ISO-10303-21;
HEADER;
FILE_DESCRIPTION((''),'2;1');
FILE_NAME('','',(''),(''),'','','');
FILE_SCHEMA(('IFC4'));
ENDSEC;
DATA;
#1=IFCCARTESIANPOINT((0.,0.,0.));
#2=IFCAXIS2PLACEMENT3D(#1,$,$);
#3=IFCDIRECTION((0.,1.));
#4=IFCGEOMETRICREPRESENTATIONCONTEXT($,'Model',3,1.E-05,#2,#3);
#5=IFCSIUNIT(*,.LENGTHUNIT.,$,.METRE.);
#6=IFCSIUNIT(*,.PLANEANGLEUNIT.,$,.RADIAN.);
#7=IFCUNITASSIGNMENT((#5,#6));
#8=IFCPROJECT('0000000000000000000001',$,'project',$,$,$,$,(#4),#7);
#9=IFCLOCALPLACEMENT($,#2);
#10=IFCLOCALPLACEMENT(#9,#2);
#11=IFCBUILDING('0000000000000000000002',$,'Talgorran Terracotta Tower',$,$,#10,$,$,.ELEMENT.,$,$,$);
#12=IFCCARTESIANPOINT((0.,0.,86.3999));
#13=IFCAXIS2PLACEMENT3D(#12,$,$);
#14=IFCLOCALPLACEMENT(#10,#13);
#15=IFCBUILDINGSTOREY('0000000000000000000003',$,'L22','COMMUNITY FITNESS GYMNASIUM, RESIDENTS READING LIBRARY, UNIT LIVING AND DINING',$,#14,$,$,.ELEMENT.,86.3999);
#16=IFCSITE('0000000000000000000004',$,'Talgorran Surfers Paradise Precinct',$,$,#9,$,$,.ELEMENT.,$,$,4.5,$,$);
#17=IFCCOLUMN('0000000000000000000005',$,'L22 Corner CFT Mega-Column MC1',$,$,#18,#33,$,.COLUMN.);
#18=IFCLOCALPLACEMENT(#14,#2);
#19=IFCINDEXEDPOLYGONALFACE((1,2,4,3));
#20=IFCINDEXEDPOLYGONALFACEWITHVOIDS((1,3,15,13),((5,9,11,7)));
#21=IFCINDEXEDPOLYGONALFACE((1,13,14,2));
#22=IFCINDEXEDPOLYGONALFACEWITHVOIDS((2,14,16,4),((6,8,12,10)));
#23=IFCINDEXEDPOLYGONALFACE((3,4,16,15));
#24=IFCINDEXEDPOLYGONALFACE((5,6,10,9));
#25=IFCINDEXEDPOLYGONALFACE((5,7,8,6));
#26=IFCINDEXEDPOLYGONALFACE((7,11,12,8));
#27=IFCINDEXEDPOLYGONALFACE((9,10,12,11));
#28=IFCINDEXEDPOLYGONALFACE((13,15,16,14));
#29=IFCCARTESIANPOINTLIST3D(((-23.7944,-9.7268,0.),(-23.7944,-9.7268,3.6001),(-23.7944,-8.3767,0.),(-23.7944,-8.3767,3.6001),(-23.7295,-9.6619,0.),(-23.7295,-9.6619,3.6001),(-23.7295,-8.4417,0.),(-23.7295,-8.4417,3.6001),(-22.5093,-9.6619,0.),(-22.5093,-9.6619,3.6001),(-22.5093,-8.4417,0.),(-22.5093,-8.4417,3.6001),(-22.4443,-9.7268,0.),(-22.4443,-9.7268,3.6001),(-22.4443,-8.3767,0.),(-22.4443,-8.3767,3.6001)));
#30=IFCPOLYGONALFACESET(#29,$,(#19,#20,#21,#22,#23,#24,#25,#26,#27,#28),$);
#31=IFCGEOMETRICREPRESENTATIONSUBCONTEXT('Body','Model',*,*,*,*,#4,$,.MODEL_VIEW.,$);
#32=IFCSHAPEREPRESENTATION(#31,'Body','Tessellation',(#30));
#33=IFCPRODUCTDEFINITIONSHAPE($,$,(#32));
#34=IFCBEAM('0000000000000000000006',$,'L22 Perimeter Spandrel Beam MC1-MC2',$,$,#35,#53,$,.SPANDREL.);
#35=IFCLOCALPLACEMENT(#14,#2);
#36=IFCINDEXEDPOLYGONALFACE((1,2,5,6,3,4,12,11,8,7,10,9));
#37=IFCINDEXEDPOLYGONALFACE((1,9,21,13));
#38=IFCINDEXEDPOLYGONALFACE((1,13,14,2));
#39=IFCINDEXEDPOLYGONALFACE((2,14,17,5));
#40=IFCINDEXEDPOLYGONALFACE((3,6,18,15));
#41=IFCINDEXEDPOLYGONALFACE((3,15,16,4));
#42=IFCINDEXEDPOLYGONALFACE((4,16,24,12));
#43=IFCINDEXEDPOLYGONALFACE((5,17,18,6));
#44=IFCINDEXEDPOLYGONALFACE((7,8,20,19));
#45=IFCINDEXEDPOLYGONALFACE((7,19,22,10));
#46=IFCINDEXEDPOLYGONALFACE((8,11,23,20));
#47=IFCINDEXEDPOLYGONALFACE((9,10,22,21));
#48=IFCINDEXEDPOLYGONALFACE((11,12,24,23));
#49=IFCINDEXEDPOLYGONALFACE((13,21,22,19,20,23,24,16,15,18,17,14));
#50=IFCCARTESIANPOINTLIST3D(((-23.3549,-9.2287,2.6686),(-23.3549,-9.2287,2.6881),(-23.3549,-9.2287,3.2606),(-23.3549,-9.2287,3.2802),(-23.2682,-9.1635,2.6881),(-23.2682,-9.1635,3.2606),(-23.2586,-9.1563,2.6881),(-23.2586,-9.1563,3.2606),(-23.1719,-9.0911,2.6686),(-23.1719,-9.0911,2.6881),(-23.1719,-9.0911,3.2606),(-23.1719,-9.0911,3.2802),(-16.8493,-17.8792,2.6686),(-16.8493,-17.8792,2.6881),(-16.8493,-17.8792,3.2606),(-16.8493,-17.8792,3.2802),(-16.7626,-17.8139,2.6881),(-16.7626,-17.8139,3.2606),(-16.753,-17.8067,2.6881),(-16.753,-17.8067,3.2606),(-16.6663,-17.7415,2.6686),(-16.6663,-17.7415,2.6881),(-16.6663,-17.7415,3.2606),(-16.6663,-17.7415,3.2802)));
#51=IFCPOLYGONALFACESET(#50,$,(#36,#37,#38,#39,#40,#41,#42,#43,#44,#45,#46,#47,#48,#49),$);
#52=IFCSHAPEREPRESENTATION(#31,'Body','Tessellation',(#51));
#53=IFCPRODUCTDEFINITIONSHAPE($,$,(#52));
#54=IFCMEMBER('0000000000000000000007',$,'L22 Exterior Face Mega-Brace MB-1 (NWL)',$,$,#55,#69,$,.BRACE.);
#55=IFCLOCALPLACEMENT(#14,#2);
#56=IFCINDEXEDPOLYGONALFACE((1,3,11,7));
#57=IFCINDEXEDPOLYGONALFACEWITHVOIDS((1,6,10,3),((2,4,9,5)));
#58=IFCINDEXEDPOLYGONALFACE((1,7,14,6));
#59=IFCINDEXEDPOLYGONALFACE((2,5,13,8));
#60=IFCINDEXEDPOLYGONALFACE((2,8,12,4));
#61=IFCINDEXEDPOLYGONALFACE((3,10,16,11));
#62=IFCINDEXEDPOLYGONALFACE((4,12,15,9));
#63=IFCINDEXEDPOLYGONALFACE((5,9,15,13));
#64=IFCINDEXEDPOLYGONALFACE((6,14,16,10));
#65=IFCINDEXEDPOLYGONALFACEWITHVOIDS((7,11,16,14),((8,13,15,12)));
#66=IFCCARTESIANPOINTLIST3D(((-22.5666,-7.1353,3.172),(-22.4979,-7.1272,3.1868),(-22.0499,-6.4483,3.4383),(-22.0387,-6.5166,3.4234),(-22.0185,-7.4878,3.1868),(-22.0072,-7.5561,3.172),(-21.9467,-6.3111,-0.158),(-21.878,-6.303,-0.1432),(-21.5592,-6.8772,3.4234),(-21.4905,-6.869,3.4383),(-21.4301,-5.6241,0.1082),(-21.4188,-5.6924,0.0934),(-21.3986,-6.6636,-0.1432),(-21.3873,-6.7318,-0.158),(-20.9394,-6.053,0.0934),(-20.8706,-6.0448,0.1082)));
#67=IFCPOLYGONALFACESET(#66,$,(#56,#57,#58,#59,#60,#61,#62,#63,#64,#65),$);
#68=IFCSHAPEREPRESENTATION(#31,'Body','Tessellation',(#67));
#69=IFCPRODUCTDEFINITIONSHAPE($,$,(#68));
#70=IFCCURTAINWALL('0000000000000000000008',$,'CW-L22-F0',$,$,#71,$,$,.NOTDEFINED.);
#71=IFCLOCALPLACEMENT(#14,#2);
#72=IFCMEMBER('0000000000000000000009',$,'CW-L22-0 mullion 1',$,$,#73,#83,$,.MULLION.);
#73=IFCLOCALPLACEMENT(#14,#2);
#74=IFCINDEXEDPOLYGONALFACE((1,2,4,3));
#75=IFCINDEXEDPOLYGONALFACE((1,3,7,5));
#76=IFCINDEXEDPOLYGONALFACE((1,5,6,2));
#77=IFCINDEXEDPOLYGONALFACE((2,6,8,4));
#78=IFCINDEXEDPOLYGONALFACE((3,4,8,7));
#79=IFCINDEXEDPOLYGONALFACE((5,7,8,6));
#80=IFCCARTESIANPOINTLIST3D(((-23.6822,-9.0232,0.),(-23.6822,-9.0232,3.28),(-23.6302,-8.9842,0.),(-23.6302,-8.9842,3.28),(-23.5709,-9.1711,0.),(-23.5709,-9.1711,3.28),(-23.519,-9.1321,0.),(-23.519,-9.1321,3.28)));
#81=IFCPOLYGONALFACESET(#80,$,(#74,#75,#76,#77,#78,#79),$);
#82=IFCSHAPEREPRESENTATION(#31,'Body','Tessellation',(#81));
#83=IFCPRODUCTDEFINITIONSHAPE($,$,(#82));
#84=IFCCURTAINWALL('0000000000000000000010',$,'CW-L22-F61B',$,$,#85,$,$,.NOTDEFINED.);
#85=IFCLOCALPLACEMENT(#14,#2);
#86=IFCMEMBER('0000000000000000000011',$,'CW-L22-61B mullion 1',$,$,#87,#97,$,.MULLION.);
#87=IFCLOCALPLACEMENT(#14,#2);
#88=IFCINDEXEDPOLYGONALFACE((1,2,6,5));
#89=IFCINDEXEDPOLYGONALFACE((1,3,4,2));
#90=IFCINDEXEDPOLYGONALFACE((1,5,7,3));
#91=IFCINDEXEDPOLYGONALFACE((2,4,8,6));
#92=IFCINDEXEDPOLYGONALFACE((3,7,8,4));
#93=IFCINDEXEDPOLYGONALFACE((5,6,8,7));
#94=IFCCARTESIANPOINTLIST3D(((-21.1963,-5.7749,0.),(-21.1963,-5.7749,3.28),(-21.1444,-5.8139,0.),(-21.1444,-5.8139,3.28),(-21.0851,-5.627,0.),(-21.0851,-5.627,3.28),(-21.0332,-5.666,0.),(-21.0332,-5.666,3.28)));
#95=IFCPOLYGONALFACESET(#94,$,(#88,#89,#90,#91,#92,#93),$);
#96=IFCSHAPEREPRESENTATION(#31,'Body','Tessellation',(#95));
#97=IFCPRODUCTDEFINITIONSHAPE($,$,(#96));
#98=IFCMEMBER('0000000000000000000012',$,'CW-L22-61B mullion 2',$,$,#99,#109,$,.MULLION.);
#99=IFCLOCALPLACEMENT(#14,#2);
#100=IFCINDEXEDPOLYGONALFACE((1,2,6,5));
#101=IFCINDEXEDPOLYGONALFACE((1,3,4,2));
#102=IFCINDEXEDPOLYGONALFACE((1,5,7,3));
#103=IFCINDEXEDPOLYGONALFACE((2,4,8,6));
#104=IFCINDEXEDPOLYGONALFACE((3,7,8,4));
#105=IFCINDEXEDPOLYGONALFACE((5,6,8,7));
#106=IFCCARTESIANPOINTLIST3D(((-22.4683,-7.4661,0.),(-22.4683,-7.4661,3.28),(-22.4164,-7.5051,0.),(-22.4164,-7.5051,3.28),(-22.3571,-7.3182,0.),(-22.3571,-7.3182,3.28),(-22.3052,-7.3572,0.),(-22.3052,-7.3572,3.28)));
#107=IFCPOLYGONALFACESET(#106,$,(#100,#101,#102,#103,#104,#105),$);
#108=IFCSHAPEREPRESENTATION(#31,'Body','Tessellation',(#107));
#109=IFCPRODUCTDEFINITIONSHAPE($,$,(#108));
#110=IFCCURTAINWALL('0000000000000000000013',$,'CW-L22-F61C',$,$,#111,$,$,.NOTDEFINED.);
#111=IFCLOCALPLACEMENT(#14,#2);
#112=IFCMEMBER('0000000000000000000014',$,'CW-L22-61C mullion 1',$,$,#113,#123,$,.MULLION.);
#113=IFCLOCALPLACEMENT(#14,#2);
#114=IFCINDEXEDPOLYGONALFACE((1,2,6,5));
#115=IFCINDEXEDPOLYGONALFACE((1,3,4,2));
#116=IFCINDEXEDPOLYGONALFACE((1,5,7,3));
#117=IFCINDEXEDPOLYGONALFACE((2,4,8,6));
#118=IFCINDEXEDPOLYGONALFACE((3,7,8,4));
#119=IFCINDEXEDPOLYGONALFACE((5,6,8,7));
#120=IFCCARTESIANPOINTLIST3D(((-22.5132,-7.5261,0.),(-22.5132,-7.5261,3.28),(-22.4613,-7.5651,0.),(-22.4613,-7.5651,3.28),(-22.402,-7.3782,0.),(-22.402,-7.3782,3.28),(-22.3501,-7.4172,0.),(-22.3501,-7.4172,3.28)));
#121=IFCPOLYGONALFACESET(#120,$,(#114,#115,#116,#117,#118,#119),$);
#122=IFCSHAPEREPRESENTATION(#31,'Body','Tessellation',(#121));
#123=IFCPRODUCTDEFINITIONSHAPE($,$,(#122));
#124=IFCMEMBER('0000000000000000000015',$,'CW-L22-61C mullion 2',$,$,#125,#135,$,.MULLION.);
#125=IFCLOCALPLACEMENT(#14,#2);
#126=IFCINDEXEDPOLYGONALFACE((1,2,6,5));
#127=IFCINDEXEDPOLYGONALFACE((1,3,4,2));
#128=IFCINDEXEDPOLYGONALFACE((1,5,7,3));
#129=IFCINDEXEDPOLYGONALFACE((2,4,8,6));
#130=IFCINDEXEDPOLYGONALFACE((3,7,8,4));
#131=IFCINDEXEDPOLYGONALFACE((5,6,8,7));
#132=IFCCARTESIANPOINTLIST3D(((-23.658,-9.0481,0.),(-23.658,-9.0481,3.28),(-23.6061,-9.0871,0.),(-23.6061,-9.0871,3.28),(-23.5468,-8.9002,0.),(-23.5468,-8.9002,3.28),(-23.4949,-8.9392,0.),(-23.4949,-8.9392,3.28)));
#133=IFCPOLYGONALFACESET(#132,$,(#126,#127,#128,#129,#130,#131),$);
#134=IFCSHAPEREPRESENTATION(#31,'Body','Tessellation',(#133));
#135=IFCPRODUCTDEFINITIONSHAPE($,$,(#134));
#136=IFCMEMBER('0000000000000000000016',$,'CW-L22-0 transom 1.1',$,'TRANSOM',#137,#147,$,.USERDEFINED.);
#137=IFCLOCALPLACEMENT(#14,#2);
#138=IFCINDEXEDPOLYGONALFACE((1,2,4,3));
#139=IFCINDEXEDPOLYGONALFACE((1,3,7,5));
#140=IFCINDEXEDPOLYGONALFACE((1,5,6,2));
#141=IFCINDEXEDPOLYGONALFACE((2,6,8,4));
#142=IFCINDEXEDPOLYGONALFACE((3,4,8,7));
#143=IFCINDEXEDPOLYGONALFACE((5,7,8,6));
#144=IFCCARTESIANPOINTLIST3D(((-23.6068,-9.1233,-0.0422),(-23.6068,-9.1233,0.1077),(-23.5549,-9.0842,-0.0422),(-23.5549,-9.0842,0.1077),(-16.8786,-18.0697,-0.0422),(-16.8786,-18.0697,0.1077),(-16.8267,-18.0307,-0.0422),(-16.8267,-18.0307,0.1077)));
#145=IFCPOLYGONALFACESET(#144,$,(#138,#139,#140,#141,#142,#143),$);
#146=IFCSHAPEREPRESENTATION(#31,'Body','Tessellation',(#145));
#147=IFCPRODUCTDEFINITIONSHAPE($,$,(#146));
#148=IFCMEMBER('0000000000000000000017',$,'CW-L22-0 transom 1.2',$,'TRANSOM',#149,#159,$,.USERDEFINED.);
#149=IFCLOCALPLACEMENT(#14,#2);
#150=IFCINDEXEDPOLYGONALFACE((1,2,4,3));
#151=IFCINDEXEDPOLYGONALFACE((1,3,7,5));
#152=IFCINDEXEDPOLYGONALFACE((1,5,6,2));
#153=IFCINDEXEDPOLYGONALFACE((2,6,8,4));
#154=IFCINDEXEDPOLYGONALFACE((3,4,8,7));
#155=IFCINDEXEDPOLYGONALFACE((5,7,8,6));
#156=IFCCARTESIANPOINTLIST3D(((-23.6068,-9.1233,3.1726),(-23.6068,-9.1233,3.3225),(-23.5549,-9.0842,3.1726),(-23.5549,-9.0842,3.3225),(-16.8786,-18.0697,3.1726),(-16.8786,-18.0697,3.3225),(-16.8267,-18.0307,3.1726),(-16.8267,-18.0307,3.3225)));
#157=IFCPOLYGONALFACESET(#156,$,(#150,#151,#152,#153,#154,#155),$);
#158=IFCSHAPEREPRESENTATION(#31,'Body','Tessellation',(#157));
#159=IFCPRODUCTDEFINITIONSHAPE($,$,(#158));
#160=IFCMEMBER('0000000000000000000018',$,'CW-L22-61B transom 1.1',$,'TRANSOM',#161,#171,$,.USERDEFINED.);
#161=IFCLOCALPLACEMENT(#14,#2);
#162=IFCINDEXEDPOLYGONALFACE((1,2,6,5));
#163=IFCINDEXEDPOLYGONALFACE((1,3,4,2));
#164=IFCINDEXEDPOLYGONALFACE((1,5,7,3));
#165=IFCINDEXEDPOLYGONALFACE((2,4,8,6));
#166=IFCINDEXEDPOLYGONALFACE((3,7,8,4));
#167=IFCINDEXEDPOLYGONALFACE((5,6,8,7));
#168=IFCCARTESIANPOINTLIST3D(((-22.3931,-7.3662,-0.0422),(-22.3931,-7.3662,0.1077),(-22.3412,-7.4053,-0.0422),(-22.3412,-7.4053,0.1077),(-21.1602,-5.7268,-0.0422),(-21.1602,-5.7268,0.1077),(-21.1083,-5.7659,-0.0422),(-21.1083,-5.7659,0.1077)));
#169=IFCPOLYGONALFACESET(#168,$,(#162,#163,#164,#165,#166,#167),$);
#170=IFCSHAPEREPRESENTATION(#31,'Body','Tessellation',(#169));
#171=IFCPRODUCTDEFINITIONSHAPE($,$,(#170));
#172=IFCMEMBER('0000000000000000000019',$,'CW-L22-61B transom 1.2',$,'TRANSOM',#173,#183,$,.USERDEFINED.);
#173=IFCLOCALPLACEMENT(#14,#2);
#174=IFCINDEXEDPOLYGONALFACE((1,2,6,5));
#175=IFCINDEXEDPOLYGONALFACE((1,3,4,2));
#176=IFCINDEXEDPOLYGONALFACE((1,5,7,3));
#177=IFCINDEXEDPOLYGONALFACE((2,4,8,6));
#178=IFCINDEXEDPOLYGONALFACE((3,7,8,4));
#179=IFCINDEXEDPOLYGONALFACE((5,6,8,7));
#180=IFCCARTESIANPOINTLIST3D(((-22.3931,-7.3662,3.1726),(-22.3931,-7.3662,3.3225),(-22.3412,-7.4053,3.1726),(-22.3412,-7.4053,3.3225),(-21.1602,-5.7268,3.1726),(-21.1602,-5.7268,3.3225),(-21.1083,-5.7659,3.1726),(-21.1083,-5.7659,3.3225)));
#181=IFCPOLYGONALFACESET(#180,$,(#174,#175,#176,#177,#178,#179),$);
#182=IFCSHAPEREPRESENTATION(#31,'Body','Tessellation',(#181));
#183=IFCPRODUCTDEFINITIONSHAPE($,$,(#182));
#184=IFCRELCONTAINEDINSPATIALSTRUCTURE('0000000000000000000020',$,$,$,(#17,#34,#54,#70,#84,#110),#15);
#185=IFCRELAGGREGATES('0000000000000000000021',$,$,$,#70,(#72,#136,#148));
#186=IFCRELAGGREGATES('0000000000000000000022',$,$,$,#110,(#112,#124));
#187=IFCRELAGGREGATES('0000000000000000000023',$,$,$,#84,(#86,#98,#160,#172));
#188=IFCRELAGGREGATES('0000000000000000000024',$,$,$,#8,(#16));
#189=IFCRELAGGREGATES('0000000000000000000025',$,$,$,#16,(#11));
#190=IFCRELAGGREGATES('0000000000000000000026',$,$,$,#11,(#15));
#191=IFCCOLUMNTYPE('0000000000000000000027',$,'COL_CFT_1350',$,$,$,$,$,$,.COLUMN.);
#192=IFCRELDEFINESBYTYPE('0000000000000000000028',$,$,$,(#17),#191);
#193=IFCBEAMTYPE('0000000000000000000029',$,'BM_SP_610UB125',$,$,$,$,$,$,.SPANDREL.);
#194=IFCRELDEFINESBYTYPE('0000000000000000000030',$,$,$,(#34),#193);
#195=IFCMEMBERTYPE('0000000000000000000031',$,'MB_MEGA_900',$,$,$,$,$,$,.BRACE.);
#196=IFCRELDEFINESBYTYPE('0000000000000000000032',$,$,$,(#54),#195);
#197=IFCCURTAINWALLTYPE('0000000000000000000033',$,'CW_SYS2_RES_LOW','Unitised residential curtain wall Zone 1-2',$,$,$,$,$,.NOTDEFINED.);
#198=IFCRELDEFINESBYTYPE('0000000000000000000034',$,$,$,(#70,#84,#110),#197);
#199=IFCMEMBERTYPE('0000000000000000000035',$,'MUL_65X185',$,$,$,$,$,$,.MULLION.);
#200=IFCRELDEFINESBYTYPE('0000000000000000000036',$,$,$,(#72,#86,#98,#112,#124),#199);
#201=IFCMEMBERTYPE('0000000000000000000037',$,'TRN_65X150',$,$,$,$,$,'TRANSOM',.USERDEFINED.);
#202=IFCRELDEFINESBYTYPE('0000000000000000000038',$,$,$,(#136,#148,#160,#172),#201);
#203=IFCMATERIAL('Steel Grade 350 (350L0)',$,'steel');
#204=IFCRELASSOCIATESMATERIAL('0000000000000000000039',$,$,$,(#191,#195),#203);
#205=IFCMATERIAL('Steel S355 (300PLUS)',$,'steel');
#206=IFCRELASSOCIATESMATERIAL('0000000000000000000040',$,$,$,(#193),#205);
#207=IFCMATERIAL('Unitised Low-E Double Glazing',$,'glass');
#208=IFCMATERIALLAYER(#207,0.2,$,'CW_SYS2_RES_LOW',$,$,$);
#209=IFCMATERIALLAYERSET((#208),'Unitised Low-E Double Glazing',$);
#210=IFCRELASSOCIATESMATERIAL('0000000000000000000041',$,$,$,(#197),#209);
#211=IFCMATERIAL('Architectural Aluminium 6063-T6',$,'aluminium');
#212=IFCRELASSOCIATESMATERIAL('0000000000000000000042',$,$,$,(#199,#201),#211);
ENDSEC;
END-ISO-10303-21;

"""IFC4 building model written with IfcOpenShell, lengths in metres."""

from ifc_helpers import new_model, si_unit, direction, frame, origin, origin_2d, place, context, subcontext, project, spatial, rectangle, hollow_rectangle, i_section, extrude, material, layer, layer_set, material_profile, profile_set, type_object, element, aggregate, save


model = new_model("IFC4")

# Units and contexts
model_context = context("Model", 3, precision=1e-05, world=origin(), true_north=direction((0.0, 1.0)))
body_context = subcontext(model_context, "Body", "Model", "MODEL_VIEW")
ifc_project = project(units=[si_unit("LENGTHUNIT", "METRE"), si_unit("PLANEANGLEUNIT", "RADIAN")], contexts=[model_context])

# Site, building, storey
site_placement = place(None, origin())
site = spatial("IfcSite", under=ifc_project, at=site_placement, Name="Talgorran Surfers Paradise Precinct", CompositionType="ELEMENT", RefElevation=4.5)
building_placement = place(site_placement, origin())
building = spatial("IfcBuilding", under=site, at=building_placement, Name="Talgorran Terracotta Tower", CompositionType="ELEMENT")
storey_placement = place(building_placement, frame((0.0, 0.0, 86.3999)))
storey = spatial("IfcBuildingStorey", under=building, at=storey_placement, Name="L22", Description="COMMUNITY FITNESS GYMNASIUM, RESIDENTS READING LIBRARY, UNIT LIVING AND DINING", CompositionType="ELEMENT", Elevation=86.3999)

# Column
ifc_material_1 = material(Name="Steel Grade 350 (350L0)", Category="steel")
ifc_material_profile_1 = material_profile(ifc_material_1, hollow_rectangle(XDim=1.3501, YDim=1.3501, WallThickness=0.0649, at=origin_2d()), Name="CFT1350X1350X65")
ifc_profile_set_1 = profile_set([ifc_material_profile_1], Name="Steel Grade 350 (350L0)")
column_type = type_object("IfcColumnType", Name="COL_CFT_1350", PredefinedType="COLUMN", material=ifc_profile_set_1)
column_placement = place(storey_placement, frame((-23.1194, -9.0518, 0.0), z_axis=(0.0, 0.0, 1.0), x_axis=(1.0, 0.0, 0.0)))
element("IfcColumn", 1, at=column_placement, inside=storey, type_object=column_type, Name="L22 Corner CFT Mega-Column MC1", PredefinedType="COLUMN", context=body_context, shape_type="SweptSolid", body=[
    extrude(hollow_rectangle(XDim=1.3501, YDim=1.3501, WallThickness=0.0649, at=origin_2d()), origin(), (0.0, 0.0, 1.0), 3.6001),
])

# Beam
ifc_material_2 = material(Name="Steel S355 (300PLUS)", Category="steel")
ifc_material_profile_2 = material_profile(ifc_material_2, i_section(OverallWidth=0.229, OverallDepth=0.6116, WebThickness=0.012, FlangeThickness=0.0195, at=origin_2d()), Name="610UB125")
ifc_profile_set_2 = profile_set([ifc_material_profile_2], Name="Steel S355 (300PLUS)")
beam_type = type_object("IfcBeamType", Name="BM_SP_610UB125", PredefinedType="SPANDREL", material=ifc_profile_set_2)
beam_placement = place(storey_placement, frame((-23.2634, -9.1599, 2.9744), z_axis=(0.601053, -0.799209, 0.0), x_axis=(0.799209, 0.601053, 0.0)))
element("IfcBeam", 2, at=beam_placement, inside=storey, type_object=beam_type, Name="L22 Perimeter Spandrel Beam MC1-MC2", PredefinedType="SPANDREL", context=body_context, shape_type="SweptSolid", body=[
    extrude(i_section(OverallWidth=0.229, OverallDepth=0.6116, WebThickness=0.012, FlangeThickness=0.0195, at=origin_2d()), origin(), (0.0, 0.0, 1.0), 10.8237),
])

# Member
ifc_material_profile_3 = material_profile(ifc_material_1, hollow_rectangle(XDim=0.7, YDim=0.8999, WallThickness=0.05, at=origin_2d()), Name="WBOX900X700X50")
ifc_profile_set_3 = profile_set([ifc_material_profile_3], Name="Steel Grade 350 (350L0)")
member_type_1 = type_object("IfcMemberType", Name="MB_MEGA_900", PredefinedType="BRACE", material=ifc_profile_set_3)
member_1_placement = place(storey_placement, frame((-21.4087, -6.178, -0.0249), z_axis=(-0.177812, -0.236429, 0.95524), x_axis=(0.799204, -0.60106, 0.0)))
element("IfcMember", 3, at=member_1_placement, inside=storey, type_object=member_type_1, Name="L22 Exterior Face Mega-Brace MB-1 (NWL)", PredefinedType="BRACE", context=body_context, shape_type="SweptSolid", body=[
    extrude(hollow_rectangle(XDim=0.7, YDim=0.8999, WallThickness=0.05, at=origin_2d()), origin(), (0.0, 0.0, 1.0), 3.4861),
])

# Curtain wall, member
ifc_material_3 = material(Name="Unitised Low-E Double Glazing", Category="glass")
ifc_layer_1 = layer(ifc_material_3, 0.2, Name="CW_SYS2_RES_LOW")
ifc_layer_set_1 = layer_set([ifc_layer_1], Name="Unitised Low-E Double Glazing")
curtain_wall_type = type_object("IfcCurtainWallType", Name="CW_SYS2_RES_LOW", Description="Unitised residential curtain wall Zone 1-2", PredefinedType="NOTDEFINED", material=ifc_layer_set_1)
curtain_wall_1_placement = place(storey_placement, origin())
curtain_wall_1 = element("IfcCurtainWall", 4, at=curtain_wall_1_placement, inside=storey, type_object=curtain_wall_type, Name="CW-L22-F0", PredefinedType="NOTDEFINED")
ifc_material_4 = material(Name="Architectural Aluminium 6063-T6", Category="aluminium")
ifc_material_profile_4 = material_profile(ifc_material_4, rectangle(XDim=0.0649, YDim=0.1851, at=origin_2d()), Name="CWM65X185")
ifc_profile_set_4 = profile_set([ifc_material_profile_4], Name="Architectural Aluminium 6063-T6")
member_type_2 = type_object("IfcMemberType", Name="MUL_65X185", PredefinedType="MULLION", material=ifc_profile_set_4)
member_2_placement = place(storey_placement, frame((-23.6006, -9.0776, 0.0), z_axis=(0.0, 0.0, 1.0), x_axis=(0.79921, 0.601052, 0.0)))
member_2 = element("IfcMember", 5, at=member_2_placement, type_object=member_type_2, Name="CW-L22-0 mullion 1", PredefinedType="MULLION", context=body_context, shape_type="SweptSolid", body=[
    extrude(rectangle(XDim=0.0649, YDim=0.1851, at=origin_2d()), origin(), (0.0, 0.0, 1.0), 3.28),
])

# Curtain walls, members
curtain_wall_2_placement = place(storey_placement, origin())
curtain_wall_2 = element("IfcCurtainWall", 6, at=curtain_wall_2_placement, inside=storey, type_object=curtain_wall_type, Name="CW-L22-F61B", PredefinedType="NOTDEFINED")
member_3_placement = place(storey_placement, frame((-21.1147, -5.7205, 0.0), z_axis=(0.0, 0.0, 1.0), x_axis=(0.799207, -0.601056, 0.0)))
member_3 = element("IfcMember", 7, at=member_3_placement, type_object=member_type_2, Name="CW-L22-61B mullion 1", PredefinedType="MULLION", context=body_context, shape_type="SweptSolid", body=[
    extrude(rectangle(XDim=0.0649, YDim=0.1851, at=origin_2d()), origin(), (0.0, 0.0, 1.0), 3.28),
])
member_4_placement = place(storey_placement, frame((-22.3867, -7.4116, 0.0), z_axis=(0.0, 0.0, 1.0), x_axis=(0.799207, -0.601056, 0.0)))
member_4 = element("IfcMember", 8, at=member_4_placement, type_object=member_type_2, Name="CW-L22-61B mullion 2", PredefinedType="MULLION", context=body_context, shape_type="SweptSolid", body=[
    extrude(rectangle(XDim=0.0649, YDim=0.1851, at=origin_2d()), origin(), (0.0, 0.0, 1.0), 3.28),
])
curtain_wall_3_placement = place(storey_placement, origin())
curtain_wall_3 = element("IfcCurtainWall", 9, at=curtain_wall_3_placement, inside=storey, type_object=curtain_wall_type, Name="CW-L22-F61C", PredefinedType="NOTDEFINED")
member_5_placement = place(storey_placement, frame((-22.4316, -7.4717, 0.0), z_axis=(0.0, 0.0, 1.0), x_axis=(0.799213, -0.601047, 0.0)))
member_5 = element("IfcMember", 10, at=member_5_placement, type_object=member_type_2, Name="CW-L22-61C mullion 1", PredefinedType="MULLION", context=body_context, shape_type="SweptSolid", body=[
    extrude(rectangle(XDim=0.0649, YDim=0.1851, at=origin_2d()), origin(), (0.0, 0.0, 1.0), 3.28),
])
member_6_placement = place(storey_placement, frame((-23.5764, -8.9937, 0.0), z_axis=(0.0, 0.0, 1.0), x_axis=(0.799213, -0.601047, 0.0)))
member_6 = element("IfcMember", 11, at=member_6_placement, type_object=member_type_2, Name="CW-L22-61C mullion 2", PredefinedType="MULLION", context=body_context, shape_type="SweptSolid", body=[
    extrude(rectangle(XDim=0.0649, YDim=0.1851, at=origin_2d()), origin(), (0.0, 0.0, 1.0), 3.28),
])

# Members
ifc_material_profile_5 = material_profile(ifc_material_4, rectangle(XDim=0.0649, YDim=0.1499, at=origin_2d()), Name="CWT65X150")
ifc_profile_set_5 = profile_set([ifc_material_profile_5], Name="Architectural Aluminium 6063-T6")
member_type_3 = type_object("IfcMemberType", Name="TRN_65X150", ElementType="TRANSOM", PredefinedType="USERDEFINED", material=ifc_profile_set_5)
member_7_placement = place(storey_placement, frame((-23.5808, -9.1038, 0.0327), z_axis=(0.60105, -0.799212, 0.0), x_axis=(0.799212, 0.60105, 0.0)))
member_7 = element("IfcMember", 12, at=member_7_placement, type_object=member_type_3, Name="CW-L22-0 transom 1.1", ObjectType="TRANSOM", PredefinedType="USERDEFINED", context=body_context, shape_type="SweptSolid", body=[
    extrude(rectangle(XDim=0.0649, YDim=0.1499, at=origin_2d()), origin(), (0.0, 0.0, 1.0), 11.1941),
])
member_8_placement = place(storey_placement, frame((-23.5808, -9.1038, 3.2476), z_axis=(0.60105, -0.799212, 0.0), x_axis=(0.799212, 0.60105, 0.0)))
member_8 = element("IfcMember", 13, at=member_8_placement, type_object=member_type_3, Name="CW-L22-0 transom 1.2", ObjectType="TRANSOM", PredefinedType="USERDEFINED", context=body_context, shape_type="SweptSolid", body=[
    extrude(rectangle(XDim=0.0649, YDim=0.1499, at=origin_2d()), origin(), (0.0, 0.0, 1.0), 11.1941),
])
aggregate(curtain_wall_1, [member_2, member_7, member_8])
member_9_placement = place(storey_placement, frame((-21.1343, -5.7463, 0.0327), z_axis=(-0.601047, -0.799214, 0.0), x_axis=(0.799214, -0.601047, 0.0)))
member_9 = element("IfcMember", 14, at=member_9_placement, type_object=member_type_3, Name="CW-L22-61B transom 1.1", ObjectType="TRANSOM", PredefinedType="USERDEFINED", context=body_context, shape_type="SweptSolid", body=[
    extrude(rectangle(XDim=0.0649, YDim=0.1499, at=origin_2d()), origin(), (0.0, 0.0, 1.0), 2.0513),
])
member_10_placement = place(storey_placement, frame((-21.1343, -5.7463, 3.2476), z_axis=(-0.601047, -0.799214, 0.0), x_axis=(0.799214, -0.601047, 0.0)))
member_10 = element("IfcMember", 15, at=member_10_placement, type_object=member_type_3, Name="CW-L22-61B transom 1.2", ObjectType="TRANSOM", PredefinedType="USERDEFINED", context=body_context, shape_type="SweptSolid", body=[
    extrude(rectangle(XDim=0.0649, YDim=0.1499, at=origin_2d()), origin(), (0.0, 0.0, 1.0), 2.0513),
])

aggregate(curtain_wall_3, [member_5, member_6])
aggregate(curtain_wall_2, [member_3, member_4, member_9, member_10])

save(model, "model.ifc")
